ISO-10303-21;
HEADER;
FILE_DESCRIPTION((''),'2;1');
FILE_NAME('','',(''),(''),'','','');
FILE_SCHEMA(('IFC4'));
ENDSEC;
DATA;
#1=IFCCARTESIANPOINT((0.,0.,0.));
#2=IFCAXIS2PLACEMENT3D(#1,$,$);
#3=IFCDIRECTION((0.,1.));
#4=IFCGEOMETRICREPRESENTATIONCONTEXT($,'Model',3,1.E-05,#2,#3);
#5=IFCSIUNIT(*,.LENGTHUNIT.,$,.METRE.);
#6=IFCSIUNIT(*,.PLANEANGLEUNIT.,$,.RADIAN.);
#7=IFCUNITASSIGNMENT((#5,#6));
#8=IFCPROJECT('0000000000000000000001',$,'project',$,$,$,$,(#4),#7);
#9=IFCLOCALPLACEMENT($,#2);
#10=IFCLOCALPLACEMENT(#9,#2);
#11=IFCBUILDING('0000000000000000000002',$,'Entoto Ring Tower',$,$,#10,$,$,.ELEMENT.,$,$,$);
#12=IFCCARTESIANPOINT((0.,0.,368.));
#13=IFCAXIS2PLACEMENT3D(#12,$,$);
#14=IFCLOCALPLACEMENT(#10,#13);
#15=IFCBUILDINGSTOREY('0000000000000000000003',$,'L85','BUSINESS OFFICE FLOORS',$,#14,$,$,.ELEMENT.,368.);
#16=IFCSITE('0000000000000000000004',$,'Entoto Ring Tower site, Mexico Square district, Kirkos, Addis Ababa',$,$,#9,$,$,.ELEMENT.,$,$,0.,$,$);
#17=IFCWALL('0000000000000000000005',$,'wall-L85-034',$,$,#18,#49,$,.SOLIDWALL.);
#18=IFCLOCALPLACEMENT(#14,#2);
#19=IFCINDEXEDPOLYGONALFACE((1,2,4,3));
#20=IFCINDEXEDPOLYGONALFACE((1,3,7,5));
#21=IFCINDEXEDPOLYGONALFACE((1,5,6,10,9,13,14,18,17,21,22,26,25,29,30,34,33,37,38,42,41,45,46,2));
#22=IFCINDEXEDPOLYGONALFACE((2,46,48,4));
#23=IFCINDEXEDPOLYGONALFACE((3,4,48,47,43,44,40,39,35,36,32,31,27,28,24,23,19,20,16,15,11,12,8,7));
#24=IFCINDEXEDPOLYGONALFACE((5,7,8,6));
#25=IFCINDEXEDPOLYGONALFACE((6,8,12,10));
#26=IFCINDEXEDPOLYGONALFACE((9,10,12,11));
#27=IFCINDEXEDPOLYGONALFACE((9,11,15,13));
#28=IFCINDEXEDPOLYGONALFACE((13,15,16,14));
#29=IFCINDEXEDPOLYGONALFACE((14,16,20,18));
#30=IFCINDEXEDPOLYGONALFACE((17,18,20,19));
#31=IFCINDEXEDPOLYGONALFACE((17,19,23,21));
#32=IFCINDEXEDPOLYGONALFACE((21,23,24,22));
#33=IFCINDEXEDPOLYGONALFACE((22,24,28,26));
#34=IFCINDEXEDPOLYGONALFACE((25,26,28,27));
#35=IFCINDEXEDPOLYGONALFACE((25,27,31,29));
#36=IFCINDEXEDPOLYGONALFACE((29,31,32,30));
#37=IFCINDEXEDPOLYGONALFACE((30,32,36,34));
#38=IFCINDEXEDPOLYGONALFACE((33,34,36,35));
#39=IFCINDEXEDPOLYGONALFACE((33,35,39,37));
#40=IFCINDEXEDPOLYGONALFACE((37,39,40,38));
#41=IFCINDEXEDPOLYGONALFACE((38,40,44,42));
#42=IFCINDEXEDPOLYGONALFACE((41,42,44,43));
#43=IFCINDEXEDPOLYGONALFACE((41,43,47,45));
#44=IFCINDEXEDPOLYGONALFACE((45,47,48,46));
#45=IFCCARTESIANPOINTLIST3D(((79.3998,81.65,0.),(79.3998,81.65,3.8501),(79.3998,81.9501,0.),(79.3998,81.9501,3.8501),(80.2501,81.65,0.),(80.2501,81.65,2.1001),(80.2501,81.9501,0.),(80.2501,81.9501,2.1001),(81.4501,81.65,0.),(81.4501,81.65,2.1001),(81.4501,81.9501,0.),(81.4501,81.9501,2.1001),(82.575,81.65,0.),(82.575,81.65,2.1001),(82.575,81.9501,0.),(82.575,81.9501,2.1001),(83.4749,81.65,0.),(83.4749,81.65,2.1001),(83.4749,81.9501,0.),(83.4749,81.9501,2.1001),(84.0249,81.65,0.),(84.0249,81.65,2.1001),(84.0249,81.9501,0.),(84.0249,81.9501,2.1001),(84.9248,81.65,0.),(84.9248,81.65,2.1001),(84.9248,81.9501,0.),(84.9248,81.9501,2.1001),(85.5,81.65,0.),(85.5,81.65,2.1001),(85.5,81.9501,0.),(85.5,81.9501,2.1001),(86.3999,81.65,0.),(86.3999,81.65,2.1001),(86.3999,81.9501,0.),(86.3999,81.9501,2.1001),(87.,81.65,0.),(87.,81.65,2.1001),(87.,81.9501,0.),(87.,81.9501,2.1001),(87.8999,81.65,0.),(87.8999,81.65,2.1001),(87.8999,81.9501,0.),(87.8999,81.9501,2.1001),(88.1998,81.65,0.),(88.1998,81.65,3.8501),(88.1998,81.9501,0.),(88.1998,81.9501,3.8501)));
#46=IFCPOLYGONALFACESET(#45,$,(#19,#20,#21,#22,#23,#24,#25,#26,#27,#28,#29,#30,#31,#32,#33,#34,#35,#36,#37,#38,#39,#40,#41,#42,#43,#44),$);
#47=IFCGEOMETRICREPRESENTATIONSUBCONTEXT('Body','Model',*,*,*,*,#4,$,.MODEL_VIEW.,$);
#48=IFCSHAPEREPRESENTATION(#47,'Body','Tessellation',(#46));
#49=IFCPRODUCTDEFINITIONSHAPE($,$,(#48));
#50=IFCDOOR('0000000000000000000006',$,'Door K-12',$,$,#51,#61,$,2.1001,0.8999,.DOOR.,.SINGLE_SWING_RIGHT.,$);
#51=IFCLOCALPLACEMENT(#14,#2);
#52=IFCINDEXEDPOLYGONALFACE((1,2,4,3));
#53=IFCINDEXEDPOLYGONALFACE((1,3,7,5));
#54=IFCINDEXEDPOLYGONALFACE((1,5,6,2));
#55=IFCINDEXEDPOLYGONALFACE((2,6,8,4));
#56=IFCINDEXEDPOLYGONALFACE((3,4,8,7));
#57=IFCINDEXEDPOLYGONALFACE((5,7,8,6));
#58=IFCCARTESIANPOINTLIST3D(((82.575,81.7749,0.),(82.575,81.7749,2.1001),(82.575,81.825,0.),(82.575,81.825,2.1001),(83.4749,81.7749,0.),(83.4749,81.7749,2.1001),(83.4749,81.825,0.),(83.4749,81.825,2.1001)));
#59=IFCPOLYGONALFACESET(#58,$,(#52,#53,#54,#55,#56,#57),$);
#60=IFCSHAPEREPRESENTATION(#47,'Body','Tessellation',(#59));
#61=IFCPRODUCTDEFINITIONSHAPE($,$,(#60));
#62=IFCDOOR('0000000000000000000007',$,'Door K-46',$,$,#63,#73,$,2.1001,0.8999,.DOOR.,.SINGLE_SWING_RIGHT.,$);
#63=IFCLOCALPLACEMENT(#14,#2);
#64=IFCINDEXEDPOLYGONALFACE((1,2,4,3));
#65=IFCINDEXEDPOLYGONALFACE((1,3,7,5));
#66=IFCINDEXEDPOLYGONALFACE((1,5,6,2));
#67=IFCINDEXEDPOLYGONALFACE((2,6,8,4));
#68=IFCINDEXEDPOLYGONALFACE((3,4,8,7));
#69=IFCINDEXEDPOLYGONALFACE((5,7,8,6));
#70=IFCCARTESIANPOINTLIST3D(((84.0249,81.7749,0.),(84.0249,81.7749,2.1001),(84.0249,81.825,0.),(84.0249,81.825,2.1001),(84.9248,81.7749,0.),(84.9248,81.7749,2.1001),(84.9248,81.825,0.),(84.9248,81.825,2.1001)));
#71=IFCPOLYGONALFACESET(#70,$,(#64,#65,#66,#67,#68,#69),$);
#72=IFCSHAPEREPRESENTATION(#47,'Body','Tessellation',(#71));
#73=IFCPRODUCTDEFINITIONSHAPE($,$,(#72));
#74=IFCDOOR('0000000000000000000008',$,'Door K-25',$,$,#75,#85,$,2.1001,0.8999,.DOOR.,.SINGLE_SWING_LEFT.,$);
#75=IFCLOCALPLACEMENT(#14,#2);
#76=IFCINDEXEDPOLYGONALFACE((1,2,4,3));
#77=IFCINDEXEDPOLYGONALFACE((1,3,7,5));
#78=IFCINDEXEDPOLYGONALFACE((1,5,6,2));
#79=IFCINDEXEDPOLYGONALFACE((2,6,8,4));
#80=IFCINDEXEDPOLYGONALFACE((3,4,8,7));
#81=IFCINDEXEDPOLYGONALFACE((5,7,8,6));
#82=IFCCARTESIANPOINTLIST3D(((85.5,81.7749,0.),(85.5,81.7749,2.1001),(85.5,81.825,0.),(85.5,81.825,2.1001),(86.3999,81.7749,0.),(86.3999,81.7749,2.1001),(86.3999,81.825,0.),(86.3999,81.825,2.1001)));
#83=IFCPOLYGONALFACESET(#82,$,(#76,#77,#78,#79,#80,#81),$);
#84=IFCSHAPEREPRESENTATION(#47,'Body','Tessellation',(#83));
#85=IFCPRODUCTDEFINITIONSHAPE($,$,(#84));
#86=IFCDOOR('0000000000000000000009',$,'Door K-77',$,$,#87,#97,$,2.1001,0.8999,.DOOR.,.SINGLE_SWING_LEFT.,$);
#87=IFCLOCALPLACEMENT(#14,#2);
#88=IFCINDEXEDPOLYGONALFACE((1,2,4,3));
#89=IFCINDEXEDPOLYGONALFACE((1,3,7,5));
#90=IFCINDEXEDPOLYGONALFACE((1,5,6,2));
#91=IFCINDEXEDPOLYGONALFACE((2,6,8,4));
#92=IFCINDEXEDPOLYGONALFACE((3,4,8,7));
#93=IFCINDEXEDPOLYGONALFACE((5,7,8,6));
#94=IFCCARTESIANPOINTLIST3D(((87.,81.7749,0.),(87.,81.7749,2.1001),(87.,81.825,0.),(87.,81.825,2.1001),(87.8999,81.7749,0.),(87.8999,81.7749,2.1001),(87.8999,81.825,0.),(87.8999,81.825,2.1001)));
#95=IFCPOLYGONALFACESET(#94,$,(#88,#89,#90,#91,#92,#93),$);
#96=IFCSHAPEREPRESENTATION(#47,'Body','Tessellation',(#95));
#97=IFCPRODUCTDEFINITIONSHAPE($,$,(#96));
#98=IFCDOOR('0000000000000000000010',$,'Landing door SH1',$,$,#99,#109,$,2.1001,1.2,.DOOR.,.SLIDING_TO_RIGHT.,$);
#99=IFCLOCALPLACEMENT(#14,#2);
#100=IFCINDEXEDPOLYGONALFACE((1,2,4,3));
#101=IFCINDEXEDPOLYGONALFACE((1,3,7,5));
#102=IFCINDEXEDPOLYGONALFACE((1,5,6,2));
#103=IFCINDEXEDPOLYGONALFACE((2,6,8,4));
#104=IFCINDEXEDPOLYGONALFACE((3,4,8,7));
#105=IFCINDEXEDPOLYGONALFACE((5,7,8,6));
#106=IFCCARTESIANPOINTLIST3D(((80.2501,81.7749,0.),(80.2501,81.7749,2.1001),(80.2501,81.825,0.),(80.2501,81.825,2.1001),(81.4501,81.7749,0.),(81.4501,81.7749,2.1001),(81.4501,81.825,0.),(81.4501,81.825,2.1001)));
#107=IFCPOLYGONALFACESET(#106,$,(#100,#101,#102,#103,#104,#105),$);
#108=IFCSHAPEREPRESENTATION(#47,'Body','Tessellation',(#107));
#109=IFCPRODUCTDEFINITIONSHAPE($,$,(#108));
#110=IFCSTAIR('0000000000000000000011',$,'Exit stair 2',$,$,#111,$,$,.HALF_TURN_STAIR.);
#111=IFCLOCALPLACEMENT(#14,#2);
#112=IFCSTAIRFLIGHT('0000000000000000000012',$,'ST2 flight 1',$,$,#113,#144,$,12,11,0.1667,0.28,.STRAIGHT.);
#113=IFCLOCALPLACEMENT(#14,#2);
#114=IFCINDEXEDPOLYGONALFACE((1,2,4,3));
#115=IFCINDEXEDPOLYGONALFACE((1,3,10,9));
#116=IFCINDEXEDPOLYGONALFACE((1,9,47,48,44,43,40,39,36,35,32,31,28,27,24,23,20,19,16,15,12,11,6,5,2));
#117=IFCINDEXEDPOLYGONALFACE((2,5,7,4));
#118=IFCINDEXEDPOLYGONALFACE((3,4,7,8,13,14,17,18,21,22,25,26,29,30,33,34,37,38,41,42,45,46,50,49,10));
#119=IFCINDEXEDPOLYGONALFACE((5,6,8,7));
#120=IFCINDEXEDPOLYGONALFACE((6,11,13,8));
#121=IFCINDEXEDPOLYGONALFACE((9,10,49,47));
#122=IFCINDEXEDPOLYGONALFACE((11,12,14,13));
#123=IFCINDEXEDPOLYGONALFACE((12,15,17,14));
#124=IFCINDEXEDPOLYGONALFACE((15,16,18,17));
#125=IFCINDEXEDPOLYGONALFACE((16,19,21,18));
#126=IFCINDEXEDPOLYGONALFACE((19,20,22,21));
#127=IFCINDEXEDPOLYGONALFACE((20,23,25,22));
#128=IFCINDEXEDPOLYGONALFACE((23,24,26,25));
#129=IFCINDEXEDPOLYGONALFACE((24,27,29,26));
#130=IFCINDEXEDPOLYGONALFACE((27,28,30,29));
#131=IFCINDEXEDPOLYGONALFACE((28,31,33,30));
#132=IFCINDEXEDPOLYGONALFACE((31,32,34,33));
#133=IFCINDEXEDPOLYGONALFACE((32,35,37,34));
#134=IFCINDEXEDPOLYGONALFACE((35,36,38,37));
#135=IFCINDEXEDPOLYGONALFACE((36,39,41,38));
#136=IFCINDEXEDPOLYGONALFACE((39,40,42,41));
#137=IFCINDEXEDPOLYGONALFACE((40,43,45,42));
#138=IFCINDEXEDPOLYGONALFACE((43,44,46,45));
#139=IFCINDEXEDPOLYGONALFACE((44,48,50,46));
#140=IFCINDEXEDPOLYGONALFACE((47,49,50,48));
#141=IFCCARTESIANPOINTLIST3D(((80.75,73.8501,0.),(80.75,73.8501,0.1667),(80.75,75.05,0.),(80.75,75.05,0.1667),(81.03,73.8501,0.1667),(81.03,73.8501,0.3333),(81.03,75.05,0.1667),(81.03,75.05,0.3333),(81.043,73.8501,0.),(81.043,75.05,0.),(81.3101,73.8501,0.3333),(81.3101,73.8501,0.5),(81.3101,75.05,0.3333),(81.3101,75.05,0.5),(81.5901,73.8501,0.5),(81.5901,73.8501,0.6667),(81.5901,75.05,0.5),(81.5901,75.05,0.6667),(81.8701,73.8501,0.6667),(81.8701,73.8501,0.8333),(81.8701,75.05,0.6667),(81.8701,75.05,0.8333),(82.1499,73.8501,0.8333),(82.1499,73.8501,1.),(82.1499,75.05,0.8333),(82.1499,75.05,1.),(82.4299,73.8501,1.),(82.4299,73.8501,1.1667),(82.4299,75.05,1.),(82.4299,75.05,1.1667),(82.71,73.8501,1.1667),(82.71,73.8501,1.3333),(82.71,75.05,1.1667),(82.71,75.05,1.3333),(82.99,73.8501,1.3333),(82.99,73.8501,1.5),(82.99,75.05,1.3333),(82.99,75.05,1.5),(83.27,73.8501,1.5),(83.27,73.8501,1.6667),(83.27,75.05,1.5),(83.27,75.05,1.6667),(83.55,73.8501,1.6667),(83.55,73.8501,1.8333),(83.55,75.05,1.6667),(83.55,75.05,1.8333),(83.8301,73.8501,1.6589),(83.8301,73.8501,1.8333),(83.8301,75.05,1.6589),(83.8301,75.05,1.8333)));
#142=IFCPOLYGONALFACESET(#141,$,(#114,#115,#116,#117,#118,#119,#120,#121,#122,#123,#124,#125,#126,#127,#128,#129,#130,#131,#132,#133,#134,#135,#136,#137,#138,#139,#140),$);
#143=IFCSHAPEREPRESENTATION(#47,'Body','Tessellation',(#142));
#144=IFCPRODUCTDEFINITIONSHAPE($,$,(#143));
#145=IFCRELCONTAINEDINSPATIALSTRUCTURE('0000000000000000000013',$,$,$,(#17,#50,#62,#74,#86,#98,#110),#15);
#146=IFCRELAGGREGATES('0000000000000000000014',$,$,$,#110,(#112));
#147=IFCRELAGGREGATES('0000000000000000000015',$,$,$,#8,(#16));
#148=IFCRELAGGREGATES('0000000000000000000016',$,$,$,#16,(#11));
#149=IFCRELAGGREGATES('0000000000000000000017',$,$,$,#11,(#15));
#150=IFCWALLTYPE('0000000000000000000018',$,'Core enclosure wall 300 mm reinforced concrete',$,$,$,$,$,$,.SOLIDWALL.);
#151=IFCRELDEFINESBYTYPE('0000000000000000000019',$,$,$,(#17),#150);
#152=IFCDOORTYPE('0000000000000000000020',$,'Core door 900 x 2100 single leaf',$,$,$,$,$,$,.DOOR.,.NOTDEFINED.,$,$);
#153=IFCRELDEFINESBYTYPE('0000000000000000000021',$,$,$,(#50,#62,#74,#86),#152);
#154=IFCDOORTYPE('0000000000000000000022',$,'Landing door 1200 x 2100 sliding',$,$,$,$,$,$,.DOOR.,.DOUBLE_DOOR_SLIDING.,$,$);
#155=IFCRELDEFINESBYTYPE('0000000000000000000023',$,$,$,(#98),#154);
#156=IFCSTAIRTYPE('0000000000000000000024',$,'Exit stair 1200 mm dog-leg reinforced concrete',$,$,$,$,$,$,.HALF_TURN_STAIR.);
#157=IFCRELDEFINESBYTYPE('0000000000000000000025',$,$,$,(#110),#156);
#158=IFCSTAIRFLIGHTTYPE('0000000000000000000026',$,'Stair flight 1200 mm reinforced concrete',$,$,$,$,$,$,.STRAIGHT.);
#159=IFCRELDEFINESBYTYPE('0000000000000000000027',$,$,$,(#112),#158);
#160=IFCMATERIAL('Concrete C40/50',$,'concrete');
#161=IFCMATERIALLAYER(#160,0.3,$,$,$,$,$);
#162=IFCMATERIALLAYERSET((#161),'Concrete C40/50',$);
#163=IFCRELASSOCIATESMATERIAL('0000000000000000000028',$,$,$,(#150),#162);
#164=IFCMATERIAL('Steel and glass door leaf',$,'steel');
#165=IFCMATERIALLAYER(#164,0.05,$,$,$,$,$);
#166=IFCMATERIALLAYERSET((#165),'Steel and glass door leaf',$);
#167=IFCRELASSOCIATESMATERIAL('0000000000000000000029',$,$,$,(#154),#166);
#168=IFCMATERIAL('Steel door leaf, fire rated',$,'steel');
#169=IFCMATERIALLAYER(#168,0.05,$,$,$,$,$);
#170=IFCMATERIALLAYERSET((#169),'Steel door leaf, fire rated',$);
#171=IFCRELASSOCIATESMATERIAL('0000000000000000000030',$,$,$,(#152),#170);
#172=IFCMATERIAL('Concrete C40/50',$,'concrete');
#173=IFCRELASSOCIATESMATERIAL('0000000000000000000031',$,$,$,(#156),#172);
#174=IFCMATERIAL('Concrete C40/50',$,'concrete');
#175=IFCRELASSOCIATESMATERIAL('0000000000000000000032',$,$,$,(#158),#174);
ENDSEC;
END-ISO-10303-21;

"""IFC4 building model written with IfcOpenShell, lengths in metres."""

from ifc_helpers import new_model, si_unit, direction, frame, frame_2d, origin, place, context, subcontext, project, spatial, polyline, rectangle, outline, extrude, material, layer, layer_set, type_object, element, fill, aggregate, save


model = new_model("IFC4")

# Units and contexts
model_context = context("Model", 3, precision=1e-05, world=origin(), true_north=direction((0.0, 1.0)))
body_context = subcontext(model_context, "Body", "Model", "MODEL_VIEW")
ifc_project = project(units=[si_unit("LENGTHUNIT", "METRE"), si_unit("PLANEANGLEUNIT", "RADIAN")], contexts=[model_context])

# Site, building, storey
site_placement = place(None, origin())
site = spatial("IfcSite", under=ifc_project, at=site_placement, Name="Entoto Ring Tower site, Mexico Square district, Kirkos, Addis Ababa", CompositionType="ELEMENT", RefElevation=0.0)
building_placement = place(site_placement, origin())
building = spatial("IfcBuilding", under=site, at=building_placement, Name="Entoto Ring Tower", CompositionType="ELEMENT")
storey_placement = place(building_placement, frame((0.0, 0.0, 368.0)))
storey = spatial("IfcBuildingStorey", under=building, at=storey_placement, Name="L85", Description="BUSINESS OFFICE FLOORS", CompositionType="ELEMENT", Elevation=368.0)

# Shared definitions
ifc_material_1 = material(Name="Concrete C40/50", Category="concrete")
ifc_layer_1 = layer(ifc_material_1, 0.3)
ifc_layer_set_1 = layer_set([ifc_layer_1], Name="Concrete C40/50")
wall_type = type_object("IfcWallType", Name="Core enclosure wall 300 mm reinforced concrete", PredefinedType="SOLIDWALL", material=ifc_layer_set_1)
ifc_material_2 = material(Name="Steel and glass door leaf", Category="steel")
ifc_layer_2 = layer(ifc_material_2, 0.05)
ifc_layer_set_2 = layer_set([ifc_layer_2], Name="Steel and glass door leaf")
door_type_1 = type_object("IfcDoorType", Name="Landing door 1200 x 2100 sliding", OperationType="DOUBLE_DOOR_SLIDING", PredefinedType="DOOR", material=ifc_layer_set_2)

# Wall, openings, doors
ifc_material_3 = material(Name="Steel door leaf, fire rated", Category="steel")
ifc_layer_3 = layer(ifc_material_3, 0.05)
ifc_layer_set_3 = layer_set([ifc_layer_3], Name="Steel door leaf, fire rated")
door_type_2 = type_object("IfcDoorType", Name="Core door 900 x 2100 single leaf", OperationType="NOTDEFINED", PredefinedType="DOOR", material=ifc_layer_set_3)
wall_1_placement = place(storey_placement, frame((79.3999, 81.8, 0.0), z_axis=(0.0, 0.0, 1.0), x_axis=(1.0, 0.0, 0.0)))
wall_1 = element("IfcWall", 1, at=wall_1_placement, inside=storey, type_object=wall_type, Name="wall-L85-034", PredefinedType="SOLIDWALL", context=body_context, shape_type="SweptSolid", body=[
    extrude(rectangle(XDim=8.8, YDim=0.3, at=frame_2d((4.3999, 0.0))), origin(), (0.0, 0.0, 1.0), 3.8501),
])
opening_1_placement = place(wall_1_placement, frame((0.8501, 0.0, 0.0)))
opening_1 = element("IfcOpeningElement", 2, at=opening_1_placement, cuts=wall_1, PredefinedType="OPENING", context=body_context, shape_type="SweptSolid", body=[
    extrude(rectangle(XDim=1.2, YDim=2.1001, at=frame_2d((0.6001, 1.05))), frame((0.0, 0.1602, 0.0), z_axis=(0.0, -1.0, 0.0), x_axis=(1.0, 0.0, 0.0)), (0.0, 0.0, 1.0), 0.3201),
])
opening_2_placement = place(wall_1_placement, frame((3.175, 0.0, 0.0)))
opening_2 = element("IfcOpeningElement", 3, at=opening_2_placement, cuts=wall_1, PredefinedType="OPENING", context=body_context, shape_type="SweptSolid", body=[
    extrude(rectangle(XDim=0.8999, YDim=2.1001, at=frame_2d((0.45, 1.05))), frame((0.0, 0.1602, 0.0), z_axis=(0.0, -1.0, 0.0), x_axis=(1.0, 0.0, 0.0)), (0.0, 0.0, 1.0), 0.3201),
])
opening_3_placement = place(wall_1_placement, frame((4.625, 0.0, 0.0)))
opening_3 = element("IfcOpeningElement", 4, at=opening_3_placement, cuts=wall_1, PredefinedType="OPENING", context=body_context, shape_type="SweptSolid", body=[
    extrude(rectangle(XDim=0.8999, YDim=2.1001, at=frame_2d((0.45, 1.05))), frame((0.0, 0.1602, 0.0), z_axis=(0.0, -1.0, 0.0), x_axis=(1.0, 0.0, 0.0)), (0.0, 0.0, 1.0), 0.3201),
])
opening_4_placement = place(wall_1_placement, frame((6.1001, 0.0, 0.0)))
opening_4 = element("IfcOpeningElement", 5, at=opening_4_placement, cuts=wall_1, PredefinedType="OPENING", context=body_context, shape_type="SweptSolid", body=[
    extrude(rectangle(XDim=0.8999, YDim=2.1001, at=frame_2d((0.45, 1.05))), frame((0.0, 0.1602, 0.0), z_axis=(0.0, -1.0, 0.0), x_axis=(1.0, 0.0, 0.0)), (0.0, 0.0, 1.0), 0.3201),
])
opening_5_placement = place(wall_1_placement, frame((7.6001, 0.0, 0.0)))
opening_5 = element("IfcOpeningElement", 6, at=opening_5_placement, cuts=wall_1, PredefinedType="OPENING", context=body_context, shape_type="SweptSolid", body=[
    extrude(rectangle(XDim=0.8999, YDim=2.1001, at=frame_2d((0.45, 1.05))), frame((0.0, 0.1602, 0.0), z_axis=(0.0, -1.0, 0.0), x_axis=(1.0, 0.0, 0.0)), (0.0, 0.0, 1.0), 0.3201),
])
door_1_placement = place(opening_2_placement, origin())
door_1 = element("IfcDoor", 7, at=door_1_placement, inside=storey, type_object=door_type_2, Name="Door K-12", OperationType="SINGLE_SWING_RIGHT", OverallHeight=2.1001, OverallWidth=0.8999, PredefinedType="DOOR", context=body_context, shape_type="SweptSolid", body=[
    extrude(rectangle(XDim=0.8999, YDim=2.1001, at=frame_2d((0.45, 1.05))), frame((0.0, 0.0249, 0.0), z_axis=(0.0, -1.0, 0.0), x_axis=(1.0, 0.0, 0.0)), (0.0, 0.0, 1.0), 0.05),
])
fill(opening_2, door_1)
door_2_placement = place(opening_3_placement, origin())
door_2 = element("IfcDoor", 8, at=door_2_placement, inside=storey, type_object=door_type_2, Name="Door K-46", OperationType="SINGLE_SWING_RIGHT", OverallHeight=2.1001, OverallWidth=0.8999, PredefinedType="DOOR", context=body_context, shape_type="SweptSolid", body=[
    extrude(rectangle(XDim=0.8999, YDim=2.1001, at=frame_2d((0.45, 1.05))), frame((0.0, 0.0249, 0.0), z_axis=(0.0, -1.0, 0.0), x_axis=(1.0, 0.0, 0.0)), (0.0, 0.0, 1.0), 0.05),
])
fill(opening_3, door_2)
door_3_placement = place(opening_4_placement, origin())
door_3 = element("IfcDoor", 9, at=door_3_placement, inside=storey, type_object=door_type_2, Name="Door K-25", OperationType="SINGLE_SWING_LEFT", OverallHeight=2.1001, OverallWidth=0.8999, PredefinedType="DOOR", context=body_context, shape_type="SweptSolid", body=[
    extrude(rectangle(XDim=0.8999, YDim=2.1001, at=frame_2d((0.45, 1.05))), frame((0.0, 0.0249, 0.0), z_axis=(0.0, -1.0, 0.0), x_axis=(1.0, 0.0, 0.0)), (0.0, 0.0, 1.0), 0.05),
])
fill(opening_4, door_3)
door_4_placement = place(opening_5_placement, origin())
door_4 = element("IfcDoor", 10, at=door_4_placement, inside=storey, type_object=door_type_2, Name="Door K-77", OperationType="SINGLE_SWING_LEFT", OverallHeight=2.1001, OverallWidth=0.8999, PredefinedType="DOOR", context=body_context, shape_type="SweptSolid", body=[
    extrude(rectangle(XDim=0.8999, YDim=2.1001, at=frame_2d((0.45, 1.05))), frame((0.0, 0.0249, 0.0), z_axis=(0.0, -1.0, 0.0), x_axis=(1.0, 0.0, 0.0)), (0.0, 0.0, 1.0), 0.05),
])
fill(opening_5, door_4)
door_5_placement = place(opening_1_placement, origin())
door_5 = element("IfcDoor", 11, at=door_5_placement, inside=storey, type_object=door_type_1, Name="Landing door SH1", OperationType="SLIDING_TO_RIGHT", OverallHeight=2.1001, OverallWidth=1.2, PredefinedType="DOOR", context=body_context, shape_type="SweptSolid", body=[
    extrude(rectangle(XDim=1.2, YDim=2.1001, at=frame_2d((0.6001, 1.05))), frame((0.0, 0.0249, 0.0), z_axis=(0.0, -1.0, 0.0), x_axis=(1.0, 0.0, 0.0)), (0.0, 0.0, 1.0), 0.05),
])
fill(opening_1, door_5)

# Stair, stair flight
ifc_material_4 = material(Name="Concrete C40/50", Category="concrete")
stair_type = type_object("IfcStairType", Name="Exit stair 1200 mm dog-leg reinforced concrete", PredefinedType="HALF_TURN_STAIR", material=ifc_material_4)
stair_placement = place(storey_placement, origin())
stair = element("IfcStair", 12, at=stair_placement, inside=storey, type_object=stair_type, Name="Exit stair 2", PredefinedType="HALF_TURN_STAIR")
ifc_material_5 = material(Name="Concrete C40/50", Category="concrete")
stair_flight_type = type_object("IfcStairFlightType", Name="Stair flight 1200 mm reinforced concrete", PredefinedType="STRAIGHT", material=ifc_material_5)
stair_flight_1_placement = place(storey_placement, frame((80.75, 74.45, 0.0), z_axis=(0.0, 0.0, 1.0), x_axis=(1.0, 0.0, 0.0)))
stair_flight_1 = element("IfcStairFlight", 13, at=stair_flight_1_placement, type_object=stair_flight_type, Name="ST2 flight 1", NumberOfRisers=12, NumberOfTreads=11, PredefinedType="STRAIGHT", RiserHeight=0.1667, TreadLength=0.28, context=body_context, shape_type="SweptSolid", body=[
    extrude(outline(polyline([(0.0, 0.0), (0.0, 0.1667), (0.28, 0.1667), (0.28, 0.3333), (0.5601, 0.3333), (0.5601, 0.5), (0.8401, 0.5), (0.8401, 0.6667), (1.1201, 0.6667), (1.1201, 0.8333), (1.3999, 0.8333), (1.3999, 1.0), (1.6799, 1.0), (1.6799, 1.1667), (1.96, 1.1667), (1.96, 1.3333), (2.24, 1.3333), (2.24, 1.5), (2.52, 1.5), (2.52, 1.6667), (2.8, 1.6667), (2.8, 1.8333), (3.0801, 1.8333), (3.0801, 2.0), (3.0801, 1.6589), (0.293, 0.0), (0.0, 0.0)])), frame((0.0, 0.6001, 0.0), z_axis=(0.0, -1.0, 0.0), x_axis=(1.0, 0.0, 0.0)), (0.0, 0.0, 1.0), 1.2),
])
aggregate(stair, [stair_flight_1])

save(model, "model.ifc")
